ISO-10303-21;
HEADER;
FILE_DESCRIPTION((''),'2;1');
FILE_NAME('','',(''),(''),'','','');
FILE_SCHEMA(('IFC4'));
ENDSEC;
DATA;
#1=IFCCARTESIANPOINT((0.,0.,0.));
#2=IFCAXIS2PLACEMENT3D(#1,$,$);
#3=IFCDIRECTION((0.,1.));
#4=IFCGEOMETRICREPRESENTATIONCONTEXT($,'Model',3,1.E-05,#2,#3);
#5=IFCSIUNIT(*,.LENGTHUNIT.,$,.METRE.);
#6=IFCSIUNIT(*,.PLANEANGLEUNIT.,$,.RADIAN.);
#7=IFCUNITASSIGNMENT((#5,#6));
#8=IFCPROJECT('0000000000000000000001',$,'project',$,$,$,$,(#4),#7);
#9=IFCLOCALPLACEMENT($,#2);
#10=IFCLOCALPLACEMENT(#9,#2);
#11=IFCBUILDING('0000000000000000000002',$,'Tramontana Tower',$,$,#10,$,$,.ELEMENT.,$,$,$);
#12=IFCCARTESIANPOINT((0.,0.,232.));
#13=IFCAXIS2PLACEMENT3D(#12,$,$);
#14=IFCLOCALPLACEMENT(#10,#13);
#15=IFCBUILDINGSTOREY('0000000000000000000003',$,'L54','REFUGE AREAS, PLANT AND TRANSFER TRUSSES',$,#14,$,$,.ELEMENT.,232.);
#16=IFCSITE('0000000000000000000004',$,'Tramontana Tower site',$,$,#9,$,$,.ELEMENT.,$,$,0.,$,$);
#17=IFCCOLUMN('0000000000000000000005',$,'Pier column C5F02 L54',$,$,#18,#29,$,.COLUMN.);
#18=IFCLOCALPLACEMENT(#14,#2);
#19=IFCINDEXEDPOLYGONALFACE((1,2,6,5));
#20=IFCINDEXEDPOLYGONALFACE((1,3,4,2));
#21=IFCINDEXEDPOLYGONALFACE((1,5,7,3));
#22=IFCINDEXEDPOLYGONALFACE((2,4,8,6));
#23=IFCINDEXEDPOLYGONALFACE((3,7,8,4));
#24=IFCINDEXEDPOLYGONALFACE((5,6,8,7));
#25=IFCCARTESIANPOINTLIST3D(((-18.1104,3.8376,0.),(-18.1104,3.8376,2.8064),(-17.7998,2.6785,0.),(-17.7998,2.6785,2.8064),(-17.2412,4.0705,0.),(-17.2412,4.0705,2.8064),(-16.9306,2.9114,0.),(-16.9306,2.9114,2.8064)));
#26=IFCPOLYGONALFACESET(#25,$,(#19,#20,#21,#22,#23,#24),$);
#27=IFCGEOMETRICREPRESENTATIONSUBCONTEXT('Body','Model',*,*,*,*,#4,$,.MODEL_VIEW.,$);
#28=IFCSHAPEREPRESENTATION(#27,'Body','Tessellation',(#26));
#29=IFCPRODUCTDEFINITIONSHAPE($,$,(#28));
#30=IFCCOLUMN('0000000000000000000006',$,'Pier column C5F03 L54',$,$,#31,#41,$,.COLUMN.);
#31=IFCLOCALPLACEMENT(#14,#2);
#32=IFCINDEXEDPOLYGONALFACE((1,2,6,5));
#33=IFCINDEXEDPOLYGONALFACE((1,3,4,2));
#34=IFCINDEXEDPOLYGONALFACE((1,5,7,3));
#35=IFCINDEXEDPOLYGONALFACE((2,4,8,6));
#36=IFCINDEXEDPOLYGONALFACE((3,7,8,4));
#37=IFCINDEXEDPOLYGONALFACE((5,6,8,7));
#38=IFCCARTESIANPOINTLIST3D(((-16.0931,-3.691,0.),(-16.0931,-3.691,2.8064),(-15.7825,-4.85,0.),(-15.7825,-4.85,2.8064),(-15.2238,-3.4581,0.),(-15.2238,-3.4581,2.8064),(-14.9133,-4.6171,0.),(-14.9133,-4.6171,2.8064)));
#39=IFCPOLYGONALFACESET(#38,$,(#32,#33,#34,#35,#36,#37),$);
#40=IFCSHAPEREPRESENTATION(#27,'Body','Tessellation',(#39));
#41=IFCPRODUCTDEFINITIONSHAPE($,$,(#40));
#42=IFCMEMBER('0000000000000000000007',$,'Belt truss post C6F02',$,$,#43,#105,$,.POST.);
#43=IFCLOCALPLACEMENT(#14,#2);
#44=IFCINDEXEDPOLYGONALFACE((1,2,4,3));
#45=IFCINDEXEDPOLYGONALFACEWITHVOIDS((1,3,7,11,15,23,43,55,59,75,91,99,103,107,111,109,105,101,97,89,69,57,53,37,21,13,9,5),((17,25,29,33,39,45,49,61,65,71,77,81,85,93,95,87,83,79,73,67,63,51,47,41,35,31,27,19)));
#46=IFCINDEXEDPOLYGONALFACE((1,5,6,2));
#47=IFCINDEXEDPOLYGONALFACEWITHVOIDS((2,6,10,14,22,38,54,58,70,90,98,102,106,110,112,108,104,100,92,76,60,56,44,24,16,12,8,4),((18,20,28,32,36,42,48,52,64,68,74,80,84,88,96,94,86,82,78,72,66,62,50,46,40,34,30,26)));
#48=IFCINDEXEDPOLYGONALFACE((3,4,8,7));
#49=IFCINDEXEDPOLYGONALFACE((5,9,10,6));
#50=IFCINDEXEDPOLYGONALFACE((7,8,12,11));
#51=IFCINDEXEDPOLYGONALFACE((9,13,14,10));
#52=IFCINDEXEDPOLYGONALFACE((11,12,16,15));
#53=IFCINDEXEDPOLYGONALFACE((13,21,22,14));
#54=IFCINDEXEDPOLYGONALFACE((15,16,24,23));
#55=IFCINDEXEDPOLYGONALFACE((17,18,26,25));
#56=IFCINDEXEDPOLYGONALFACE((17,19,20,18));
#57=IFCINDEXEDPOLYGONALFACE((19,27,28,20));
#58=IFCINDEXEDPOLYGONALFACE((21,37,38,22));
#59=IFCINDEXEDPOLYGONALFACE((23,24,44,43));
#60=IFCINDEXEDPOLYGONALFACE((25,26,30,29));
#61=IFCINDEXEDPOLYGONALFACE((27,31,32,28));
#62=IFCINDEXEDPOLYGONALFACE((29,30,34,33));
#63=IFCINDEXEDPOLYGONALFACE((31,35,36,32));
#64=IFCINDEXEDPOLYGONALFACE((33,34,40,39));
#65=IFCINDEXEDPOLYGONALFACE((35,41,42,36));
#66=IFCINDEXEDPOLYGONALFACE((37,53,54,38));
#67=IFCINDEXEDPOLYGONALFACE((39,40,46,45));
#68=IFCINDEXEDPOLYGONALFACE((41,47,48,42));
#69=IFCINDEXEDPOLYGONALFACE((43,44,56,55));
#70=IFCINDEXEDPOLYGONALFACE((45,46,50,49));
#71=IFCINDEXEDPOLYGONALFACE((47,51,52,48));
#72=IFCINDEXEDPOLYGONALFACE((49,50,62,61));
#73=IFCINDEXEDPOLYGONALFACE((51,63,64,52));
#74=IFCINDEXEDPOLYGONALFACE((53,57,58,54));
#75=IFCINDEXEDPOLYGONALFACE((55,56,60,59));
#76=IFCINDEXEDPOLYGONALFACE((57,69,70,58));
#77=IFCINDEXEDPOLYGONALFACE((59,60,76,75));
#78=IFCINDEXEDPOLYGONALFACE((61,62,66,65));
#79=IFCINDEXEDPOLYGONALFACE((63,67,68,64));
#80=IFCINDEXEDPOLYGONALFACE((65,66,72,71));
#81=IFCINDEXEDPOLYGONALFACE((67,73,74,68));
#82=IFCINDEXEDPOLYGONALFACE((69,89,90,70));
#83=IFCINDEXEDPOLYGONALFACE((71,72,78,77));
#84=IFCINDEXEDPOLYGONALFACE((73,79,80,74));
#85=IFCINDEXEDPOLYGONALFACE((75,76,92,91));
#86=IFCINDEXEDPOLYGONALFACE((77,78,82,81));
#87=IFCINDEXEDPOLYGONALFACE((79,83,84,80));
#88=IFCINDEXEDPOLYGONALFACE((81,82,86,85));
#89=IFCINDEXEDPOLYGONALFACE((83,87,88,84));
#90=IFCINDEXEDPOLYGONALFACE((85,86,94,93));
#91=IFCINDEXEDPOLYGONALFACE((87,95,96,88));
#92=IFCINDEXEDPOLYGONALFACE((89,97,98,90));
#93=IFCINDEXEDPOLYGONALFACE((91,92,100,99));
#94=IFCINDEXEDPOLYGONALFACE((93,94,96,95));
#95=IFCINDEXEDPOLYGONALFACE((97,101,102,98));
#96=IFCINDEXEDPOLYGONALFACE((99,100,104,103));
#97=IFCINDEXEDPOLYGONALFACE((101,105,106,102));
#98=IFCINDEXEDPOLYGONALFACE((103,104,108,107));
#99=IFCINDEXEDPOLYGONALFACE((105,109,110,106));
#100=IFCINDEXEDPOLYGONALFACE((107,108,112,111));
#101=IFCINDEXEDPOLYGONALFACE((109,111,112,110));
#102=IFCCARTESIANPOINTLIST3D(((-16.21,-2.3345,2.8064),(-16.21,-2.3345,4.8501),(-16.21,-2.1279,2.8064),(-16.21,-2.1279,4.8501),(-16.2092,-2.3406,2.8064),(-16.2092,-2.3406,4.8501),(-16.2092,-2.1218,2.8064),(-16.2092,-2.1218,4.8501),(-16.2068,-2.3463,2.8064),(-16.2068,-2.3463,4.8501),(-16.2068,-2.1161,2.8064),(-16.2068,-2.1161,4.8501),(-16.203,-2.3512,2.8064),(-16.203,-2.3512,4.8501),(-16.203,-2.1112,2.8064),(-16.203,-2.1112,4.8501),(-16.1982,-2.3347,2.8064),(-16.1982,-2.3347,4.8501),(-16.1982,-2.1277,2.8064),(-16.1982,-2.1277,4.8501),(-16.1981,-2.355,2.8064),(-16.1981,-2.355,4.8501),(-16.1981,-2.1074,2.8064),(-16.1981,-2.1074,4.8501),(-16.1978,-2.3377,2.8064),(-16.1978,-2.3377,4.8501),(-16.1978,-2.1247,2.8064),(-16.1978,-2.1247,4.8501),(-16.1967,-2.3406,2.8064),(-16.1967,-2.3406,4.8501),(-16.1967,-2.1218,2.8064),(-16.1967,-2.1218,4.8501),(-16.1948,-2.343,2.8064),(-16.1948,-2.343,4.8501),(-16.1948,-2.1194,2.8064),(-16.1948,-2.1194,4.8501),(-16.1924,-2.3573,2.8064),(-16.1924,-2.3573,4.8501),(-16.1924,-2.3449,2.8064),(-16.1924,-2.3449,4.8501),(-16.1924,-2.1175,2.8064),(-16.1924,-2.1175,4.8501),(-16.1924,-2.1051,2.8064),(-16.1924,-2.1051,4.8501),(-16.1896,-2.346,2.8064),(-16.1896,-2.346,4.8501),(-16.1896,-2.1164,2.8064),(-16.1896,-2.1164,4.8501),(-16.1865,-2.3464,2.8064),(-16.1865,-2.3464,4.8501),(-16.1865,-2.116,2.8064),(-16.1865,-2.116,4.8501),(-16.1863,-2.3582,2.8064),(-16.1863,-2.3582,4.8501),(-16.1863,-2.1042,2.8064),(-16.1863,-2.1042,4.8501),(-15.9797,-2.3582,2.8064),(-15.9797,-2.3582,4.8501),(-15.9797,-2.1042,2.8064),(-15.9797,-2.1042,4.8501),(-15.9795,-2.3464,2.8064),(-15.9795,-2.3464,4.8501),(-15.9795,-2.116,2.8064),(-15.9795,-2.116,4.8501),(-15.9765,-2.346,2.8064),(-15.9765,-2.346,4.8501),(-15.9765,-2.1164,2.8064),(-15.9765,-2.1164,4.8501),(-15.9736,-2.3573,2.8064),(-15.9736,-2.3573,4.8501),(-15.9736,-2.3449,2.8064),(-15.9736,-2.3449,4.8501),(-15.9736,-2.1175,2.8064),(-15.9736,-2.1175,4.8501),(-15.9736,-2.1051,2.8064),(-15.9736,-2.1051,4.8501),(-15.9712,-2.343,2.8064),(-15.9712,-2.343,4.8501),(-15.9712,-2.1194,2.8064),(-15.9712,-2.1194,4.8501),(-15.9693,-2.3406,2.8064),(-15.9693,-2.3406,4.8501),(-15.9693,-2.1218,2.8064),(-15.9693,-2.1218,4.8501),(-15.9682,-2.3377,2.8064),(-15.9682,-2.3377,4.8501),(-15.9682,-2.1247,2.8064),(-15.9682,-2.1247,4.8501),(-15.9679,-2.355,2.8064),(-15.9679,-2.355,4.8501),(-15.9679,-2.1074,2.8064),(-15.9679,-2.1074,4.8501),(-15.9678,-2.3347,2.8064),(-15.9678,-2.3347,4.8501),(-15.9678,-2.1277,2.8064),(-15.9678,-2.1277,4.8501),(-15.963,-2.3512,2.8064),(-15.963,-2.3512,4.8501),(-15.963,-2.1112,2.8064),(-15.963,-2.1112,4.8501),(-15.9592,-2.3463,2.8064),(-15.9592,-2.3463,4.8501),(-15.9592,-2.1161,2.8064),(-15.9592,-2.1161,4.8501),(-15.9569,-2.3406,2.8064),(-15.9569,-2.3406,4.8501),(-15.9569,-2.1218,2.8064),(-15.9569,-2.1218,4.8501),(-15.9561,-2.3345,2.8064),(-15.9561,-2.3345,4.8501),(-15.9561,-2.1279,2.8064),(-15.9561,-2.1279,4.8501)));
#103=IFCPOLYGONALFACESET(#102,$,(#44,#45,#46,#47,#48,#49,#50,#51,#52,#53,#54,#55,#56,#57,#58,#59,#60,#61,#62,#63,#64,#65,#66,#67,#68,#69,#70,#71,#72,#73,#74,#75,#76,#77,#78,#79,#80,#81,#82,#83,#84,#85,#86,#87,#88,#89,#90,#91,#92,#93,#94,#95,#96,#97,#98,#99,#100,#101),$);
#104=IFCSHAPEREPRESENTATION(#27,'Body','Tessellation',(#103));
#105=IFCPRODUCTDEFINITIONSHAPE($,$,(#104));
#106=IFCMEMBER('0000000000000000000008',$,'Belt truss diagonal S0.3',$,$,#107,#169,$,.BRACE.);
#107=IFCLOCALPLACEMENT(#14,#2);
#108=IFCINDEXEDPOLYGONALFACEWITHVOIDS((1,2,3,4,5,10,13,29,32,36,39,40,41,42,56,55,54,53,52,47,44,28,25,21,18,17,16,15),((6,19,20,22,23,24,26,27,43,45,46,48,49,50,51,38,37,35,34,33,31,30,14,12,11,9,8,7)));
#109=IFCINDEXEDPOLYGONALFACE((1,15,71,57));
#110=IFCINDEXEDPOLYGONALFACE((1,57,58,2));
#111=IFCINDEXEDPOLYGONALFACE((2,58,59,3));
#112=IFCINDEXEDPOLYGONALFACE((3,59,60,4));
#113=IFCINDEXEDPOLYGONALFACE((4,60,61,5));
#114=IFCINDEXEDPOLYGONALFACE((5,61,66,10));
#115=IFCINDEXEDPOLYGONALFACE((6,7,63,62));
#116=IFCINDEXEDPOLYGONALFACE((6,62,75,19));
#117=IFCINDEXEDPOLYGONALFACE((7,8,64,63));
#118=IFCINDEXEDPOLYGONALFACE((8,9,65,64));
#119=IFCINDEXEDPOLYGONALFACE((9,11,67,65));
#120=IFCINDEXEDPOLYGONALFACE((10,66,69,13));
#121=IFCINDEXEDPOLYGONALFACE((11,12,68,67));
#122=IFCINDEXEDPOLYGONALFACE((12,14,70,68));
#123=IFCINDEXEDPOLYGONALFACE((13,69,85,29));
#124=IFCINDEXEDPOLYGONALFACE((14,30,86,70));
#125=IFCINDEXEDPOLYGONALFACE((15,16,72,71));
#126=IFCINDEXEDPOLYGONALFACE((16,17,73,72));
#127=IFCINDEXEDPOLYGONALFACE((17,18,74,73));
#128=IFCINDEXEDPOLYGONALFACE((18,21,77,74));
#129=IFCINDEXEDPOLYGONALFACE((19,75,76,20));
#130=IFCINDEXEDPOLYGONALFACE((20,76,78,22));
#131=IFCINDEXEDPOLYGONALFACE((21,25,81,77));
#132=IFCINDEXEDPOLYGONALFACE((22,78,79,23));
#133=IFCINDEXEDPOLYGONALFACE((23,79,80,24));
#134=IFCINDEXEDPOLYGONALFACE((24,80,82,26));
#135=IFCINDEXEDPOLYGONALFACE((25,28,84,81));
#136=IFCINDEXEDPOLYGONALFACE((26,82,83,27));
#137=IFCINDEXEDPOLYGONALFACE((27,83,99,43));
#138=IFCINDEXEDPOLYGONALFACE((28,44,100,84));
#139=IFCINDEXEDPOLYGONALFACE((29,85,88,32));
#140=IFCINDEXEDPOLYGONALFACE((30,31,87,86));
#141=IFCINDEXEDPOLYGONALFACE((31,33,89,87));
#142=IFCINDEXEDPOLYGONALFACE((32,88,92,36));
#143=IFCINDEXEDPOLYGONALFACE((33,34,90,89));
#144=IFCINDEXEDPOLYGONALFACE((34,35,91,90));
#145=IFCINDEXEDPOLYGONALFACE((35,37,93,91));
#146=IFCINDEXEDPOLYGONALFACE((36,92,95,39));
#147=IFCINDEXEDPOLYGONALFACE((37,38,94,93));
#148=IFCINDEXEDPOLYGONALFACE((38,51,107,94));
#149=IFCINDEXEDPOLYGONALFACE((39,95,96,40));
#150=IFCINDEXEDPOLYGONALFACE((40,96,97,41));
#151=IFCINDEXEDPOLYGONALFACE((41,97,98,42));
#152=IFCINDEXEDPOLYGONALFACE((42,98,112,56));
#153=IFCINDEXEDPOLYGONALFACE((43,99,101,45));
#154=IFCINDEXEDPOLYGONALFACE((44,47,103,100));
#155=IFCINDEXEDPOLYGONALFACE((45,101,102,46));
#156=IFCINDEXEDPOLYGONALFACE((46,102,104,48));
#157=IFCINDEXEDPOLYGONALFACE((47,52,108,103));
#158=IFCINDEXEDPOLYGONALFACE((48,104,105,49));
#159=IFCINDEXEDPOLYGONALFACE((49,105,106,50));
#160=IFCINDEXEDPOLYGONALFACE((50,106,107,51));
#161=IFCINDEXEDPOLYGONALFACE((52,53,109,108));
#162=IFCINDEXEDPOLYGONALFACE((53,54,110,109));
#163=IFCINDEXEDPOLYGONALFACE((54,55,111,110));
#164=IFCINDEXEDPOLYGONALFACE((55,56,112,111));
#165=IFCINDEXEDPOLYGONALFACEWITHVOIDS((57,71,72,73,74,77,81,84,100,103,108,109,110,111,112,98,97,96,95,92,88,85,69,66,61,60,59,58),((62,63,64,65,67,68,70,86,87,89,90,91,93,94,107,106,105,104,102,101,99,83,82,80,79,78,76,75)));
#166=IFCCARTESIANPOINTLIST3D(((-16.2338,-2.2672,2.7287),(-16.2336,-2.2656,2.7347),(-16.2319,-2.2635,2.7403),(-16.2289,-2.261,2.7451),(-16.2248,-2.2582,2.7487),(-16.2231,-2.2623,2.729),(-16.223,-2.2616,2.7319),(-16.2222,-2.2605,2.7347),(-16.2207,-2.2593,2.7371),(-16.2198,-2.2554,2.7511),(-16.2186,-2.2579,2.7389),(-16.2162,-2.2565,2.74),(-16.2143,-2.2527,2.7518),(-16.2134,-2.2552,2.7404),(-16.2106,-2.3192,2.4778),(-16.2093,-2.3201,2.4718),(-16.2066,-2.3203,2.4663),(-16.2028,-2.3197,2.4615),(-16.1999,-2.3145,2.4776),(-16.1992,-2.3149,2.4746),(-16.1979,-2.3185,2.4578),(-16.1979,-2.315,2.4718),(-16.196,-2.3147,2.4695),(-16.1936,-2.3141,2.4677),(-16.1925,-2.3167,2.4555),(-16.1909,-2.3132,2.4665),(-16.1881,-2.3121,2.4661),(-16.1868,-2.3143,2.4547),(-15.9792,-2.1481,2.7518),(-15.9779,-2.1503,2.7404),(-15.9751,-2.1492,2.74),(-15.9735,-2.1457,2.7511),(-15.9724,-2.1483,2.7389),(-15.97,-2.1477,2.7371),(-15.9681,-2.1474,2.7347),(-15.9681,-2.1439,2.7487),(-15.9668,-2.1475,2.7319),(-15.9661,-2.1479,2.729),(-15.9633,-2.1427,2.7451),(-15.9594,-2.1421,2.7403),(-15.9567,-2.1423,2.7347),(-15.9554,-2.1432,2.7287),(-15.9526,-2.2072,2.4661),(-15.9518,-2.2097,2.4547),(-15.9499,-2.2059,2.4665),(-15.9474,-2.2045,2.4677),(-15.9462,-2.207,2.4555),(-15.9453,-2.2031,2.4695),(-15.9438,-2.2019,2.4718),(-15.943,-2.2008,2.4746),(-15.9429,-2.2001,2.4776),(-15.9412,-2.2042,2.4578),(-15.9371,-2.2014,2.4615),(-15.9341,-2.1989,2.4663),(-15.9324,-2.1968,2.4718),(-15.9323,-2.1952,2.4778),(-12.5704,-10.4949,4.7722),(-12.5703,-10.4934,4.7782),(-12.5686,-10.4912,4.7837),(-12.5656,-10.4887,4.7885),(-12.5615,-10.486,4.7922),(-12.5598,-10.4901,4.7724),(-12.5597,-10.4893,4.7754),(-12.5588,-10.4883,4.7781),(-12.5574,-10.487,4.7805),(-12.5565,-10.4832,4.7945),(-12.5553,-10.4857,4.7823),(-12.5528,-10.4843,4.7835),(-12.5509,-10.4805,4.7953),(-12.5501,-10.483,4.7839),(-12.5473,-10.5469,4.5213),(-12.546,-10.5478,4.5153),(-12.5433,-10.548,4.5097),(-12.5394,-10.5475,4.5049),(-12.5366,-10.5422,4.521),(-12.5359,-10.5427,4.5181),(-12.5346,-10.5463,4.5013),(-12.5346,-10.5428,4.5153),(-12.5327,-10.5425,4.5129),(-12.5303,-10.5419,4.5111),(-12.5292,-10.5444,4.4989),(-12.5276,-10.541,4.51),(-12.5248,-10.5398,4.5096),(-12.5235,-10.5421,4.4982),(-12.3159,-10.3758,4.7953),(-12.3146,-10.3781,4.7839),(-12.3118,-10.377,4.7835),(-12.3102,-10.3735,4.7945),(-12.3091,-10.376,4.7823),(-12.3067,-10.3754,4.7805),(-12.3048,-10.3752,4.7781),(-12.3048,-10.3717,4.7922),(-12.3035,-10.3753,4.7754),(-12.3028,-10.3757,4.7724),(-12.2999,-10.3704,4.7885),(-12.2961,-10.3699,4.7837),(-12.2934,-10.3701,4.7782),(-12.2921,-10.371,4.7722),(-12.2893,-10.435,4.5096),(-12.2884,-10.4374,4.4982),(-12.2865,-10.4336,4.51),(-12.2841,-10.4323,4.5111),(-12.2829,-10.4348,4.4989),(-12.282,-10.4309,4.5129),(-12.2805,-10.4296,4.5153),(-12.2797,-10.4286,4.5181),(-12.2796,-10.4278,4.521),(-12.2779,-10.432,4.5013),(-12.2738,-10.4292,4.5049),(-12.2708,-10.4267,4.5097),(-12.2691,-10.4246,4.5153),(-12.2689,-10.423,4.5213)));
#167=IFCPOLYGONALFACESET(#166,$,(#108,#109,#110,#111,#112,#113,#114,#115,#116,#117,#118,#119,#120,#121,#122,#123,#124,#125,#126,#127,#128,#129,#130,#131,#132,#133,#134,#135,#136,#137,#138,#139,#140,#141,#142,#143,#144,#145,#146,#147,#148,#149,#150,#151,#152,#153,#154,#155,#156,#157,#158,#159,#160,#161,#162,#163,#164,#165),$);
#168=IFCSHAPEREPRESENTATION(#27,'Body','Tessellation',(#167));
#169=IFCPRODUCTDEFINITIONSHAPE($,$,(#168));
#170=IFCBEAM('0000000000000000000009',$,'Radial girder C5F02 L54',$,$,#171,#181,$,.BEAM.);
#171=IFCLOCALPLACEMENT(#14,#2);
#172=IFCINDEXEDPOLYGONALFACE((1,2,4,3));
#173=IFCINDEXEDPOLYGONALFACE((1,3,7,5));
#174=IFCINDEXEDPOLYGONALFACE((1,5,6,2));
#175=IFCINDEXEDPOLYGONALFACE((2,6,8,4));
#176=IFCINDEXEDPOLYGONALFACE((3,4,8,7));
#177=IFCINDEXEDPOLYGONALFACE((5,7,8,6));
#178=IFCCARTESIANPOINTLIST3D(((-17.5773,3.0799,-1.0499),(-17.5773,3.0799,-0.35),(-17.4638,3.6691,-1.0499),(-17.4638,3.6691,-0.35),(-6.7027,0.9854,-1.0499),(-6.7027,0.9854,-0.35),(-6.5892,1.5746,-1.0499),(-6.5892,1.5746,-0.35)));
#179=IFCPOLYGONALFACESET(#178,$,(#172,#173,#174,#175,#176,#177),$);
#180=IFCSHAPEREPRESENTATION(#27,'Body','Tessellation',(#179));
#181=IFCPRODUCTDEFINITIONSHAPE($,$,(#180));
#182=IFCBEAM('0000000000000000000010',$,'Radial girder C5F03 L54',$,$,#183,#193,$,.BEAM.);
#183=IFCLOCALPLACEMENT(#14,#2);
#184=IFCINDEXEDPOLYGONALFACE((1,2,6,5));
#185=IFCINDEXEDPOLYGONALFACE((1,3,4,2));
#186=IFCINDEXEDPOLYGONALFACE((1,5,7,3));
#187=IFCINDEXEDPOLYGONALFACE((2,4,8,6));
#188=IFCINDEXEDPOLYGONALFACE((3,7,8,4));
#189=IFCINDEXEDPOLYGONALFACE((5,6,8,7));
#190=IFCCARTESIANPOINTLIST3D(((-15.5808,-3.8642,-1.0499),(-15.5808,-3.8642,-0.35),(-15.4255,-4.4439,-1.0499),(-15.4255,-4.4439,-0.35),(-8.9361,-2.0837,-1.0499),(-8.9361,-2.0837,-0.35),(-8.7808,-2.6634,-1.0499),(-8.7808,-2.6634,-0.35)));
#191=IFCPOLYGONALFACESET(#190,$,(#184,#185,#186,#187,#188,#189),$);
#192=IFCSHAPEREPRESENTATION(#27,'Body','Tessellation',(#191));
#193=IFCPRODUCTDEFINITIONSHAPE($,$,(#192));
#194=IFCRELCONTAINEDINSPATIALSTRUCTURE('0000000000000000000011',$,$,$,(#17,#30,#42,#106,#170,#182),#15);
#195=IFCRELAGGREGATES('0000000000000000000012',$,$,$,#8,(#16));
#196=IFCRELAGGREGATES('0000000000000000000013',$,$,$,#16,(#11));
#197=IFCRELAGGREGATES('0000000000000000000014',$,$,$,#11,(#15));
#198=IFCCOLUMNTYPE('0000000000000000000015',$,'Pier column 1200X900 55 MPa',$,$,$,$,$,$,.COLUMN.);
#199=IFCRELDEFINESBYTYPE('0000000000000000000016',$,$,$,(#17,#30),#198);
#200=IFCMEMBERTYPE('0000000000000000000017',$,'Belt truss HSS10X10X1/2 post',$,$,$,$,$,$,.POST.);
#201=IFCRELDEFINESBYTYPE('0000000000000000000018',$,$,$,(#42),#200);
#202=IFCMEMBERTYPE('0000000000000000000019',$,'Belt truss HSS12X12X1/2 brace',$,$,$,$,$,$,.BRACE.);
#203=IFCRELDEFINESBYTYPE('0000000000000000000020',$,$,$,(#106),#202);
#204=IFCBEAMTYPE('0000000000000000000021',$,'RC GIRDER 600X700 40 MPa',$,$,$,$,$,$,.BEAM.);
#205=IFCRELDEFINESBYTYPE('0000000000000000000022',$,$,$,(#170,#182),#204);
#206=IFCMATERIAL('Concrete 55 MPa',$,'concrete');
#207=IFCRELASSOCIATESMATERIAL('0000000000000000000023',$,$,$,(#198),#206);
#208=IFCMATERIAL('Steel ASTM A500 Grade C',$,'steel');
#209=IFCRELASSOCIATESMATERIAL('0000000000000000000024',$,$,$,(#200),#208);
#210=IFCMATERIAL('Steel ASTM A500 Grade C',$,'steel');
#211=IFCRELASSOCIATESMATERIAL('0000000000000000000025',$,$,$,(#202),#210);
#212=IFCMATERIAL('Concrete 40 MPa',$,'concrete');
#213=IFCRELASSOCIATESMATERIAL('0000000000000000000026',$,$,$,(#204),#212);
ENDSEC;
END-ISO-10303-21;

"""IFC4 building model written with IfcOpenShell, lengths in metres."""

from ifc_helpers import new_model, si_unit, direction, frame, origin, origin_2d, place, context, subcontext, project, spatial, rectangle, hollow_rectangle, extrude, material, material_profile, profile_set, type_object, element, save


model = new_model("IFC4")

# Units and contexts
model_context = context("Model", 3, precision=1e-05, world=origin(), true_north=direction((0.0, 1.0)))
body_context = subcontext(model_context, "Body", "Model", "MODEL_VIEW")
ifc_project = project(units=[si_unit("LENGTHUNIT", "METRE"), si_unit("PLANEANGLEUNIT", "RADIAN")], contexts=[model_context])

# Site, building, storey
site_placement = place(None, origin())
site = spatial("IfcSite", under=ifc_project, at=site_placement, Name="Tramontana Tower site", CompositionType="ELEMENT", RefElevation=0.0)
building_placement = place(site_placement, origin())
building = spatial("IfcBuilding", under=site, at=building_placement, Name="Tramontana Tower", CompositionType="ELEMENT")
storey_placement = place(building_placement, frame((0.0, 0.0, 232.0)))
storey = spatial("IfcBuildingStorey", under=building, at=storey_placement, Name="L54", Description="REFUGE AREAS, PLANT AND TRANSFER TRUSSES", CompositionType="ELEMENT", Elevation=232.0)

# Columns
ifc_material_1 = material(Name="Concrete 55 MPa", Category="concrete")
ifc_material_profile_1 = material_profile(ifc_material_1, rectangle(XDim=1.2, YDim=0.8999, at=origin_2d()), Name="Pier column 1200X900 55 MPa")
ifc_profile_set_1 = profile_set([ifc_material_profile_1], Name="Concrete 55 MPa")
column_type = type_object("IfcColumnType", Name="Pier column 1200X900 55 MPa", PredefinedType="COLUMN", material=ifc_profile_set_1)
for number, where, z_axis, x_axis, name in (
    (1, (-17.5205, 3.3745, 0.0), (0.0, 0.0, 1.0), (0.258819, -0.965926, 0.0), "Pier column C5F02 L54"),
    (2, (-15.5032, -4.1541, 0.0), (0.0, 0.0, 1.0), (0.258819, -0.965926, 0.0), "Pier column C5F03 L54"),
):
    element("IfcColumn", number, at=place(storey_placement, frame(where, z_axis=z_axis, x_axis=x_axis)), inside=storey, type_object=column_type, Name=name, PredefinedType="COLUMN", context=body_context, shape_type="SweptSolid", body=[
        extrude(rectangle(XDim=1.2, YDim=0.8999, at=origin_2d()), origin(), (0.0, 0.0, 1.0), 2.8064),
    ])

# Members
ifc_material_2 = material(Name="Steel ASTM A500 Grade C", Category="steel")
ifc_material_profile_2 = material_profile(ifc_material_2, hollow_rectangle(XDim=0.2539, YDim=0.2539, WallThickness=0.0117, InnerFilletRadius=0.0117, OuterFilletRadius=0.0237, at=origin_2d()), Name="HSS10X10X1/2")
ifc_profile_set_2 = profile_set([ifc_material_profile_2], Name="Steel ASTM A500 Grade C")
member_type_1 = type_object("IfcMemberType", Name="Belt truss HSS10X10X1/2 post", PredefinedType="POST", material=ifc_profile_set_2)
member_1_placement = place(storey_placement, frame((-16.083, -2.2312, 2.8064), z_axis=(0.0, 0.0, 1.0), x_axis=(1.0, 0.0, 0.0)))
element("IfcMember", 3, at=member_1_placement, inside=storey, type_object=member_type_1, Name="Belt truss post C6F02", PredefinedType="POST", context=body_context, shape_type="SweptSolid", body=[
    extrude(hollow_rectangle(XDim=0.2539, YDim=0.2539, WallThickness=0.0117, InnerFilletRadius=0.0117, OuterFilletRadius=0.0237, at=origin_2d()), origin(), (0.0, 0.0, 1.0), 2.0437),
])
ifc_material_3 = material(Name="Steel ASTM A500 Grade C", Category="steel")
ifc_material_profile_3 = material_profile(ifc_material_3, hollow_rectangle(XDim=0.3047, YDim=0.3047, WallThickness=0.0117, InnerFilletRadius=0.0117, OuterFilletRadius=0.0237, at=origin_2d()), Name="HSS12X12X1/2")
ifc_profile_set_3 = profile_set([ifc_material_profile_3], Name="Steel ASTM A500 Grade C")
member_type_2 = type_object("IfcMemberType", Name="Belt truss HSS12X12X1/2 brace", PredefinedType="BRACE", material=ifc_profile_set_3)
member_2_placement = place(storey_placement, frame((-16.083, -2.2312, 2.6033), z_axis=(0.396663, -0.890899, 0.221264), x_axis=(0.913542, 0.406745, 0.0)))
element("IfcMember", 4, at=member_2_placement, inside=storey, type_object=member_type_2, Name="Belt truss diagonal S0.3", PredefinedType="BRACE", context=body_context, shape_type="SweptSolid", body=[
    extrude(hollow_rectangle(XDim=0.3047, YDim=0.3047, WallThickness=0.0117, InnerFilletRadius=0.0117, OuterFilletRadius=0.0237, at=origin_2d()), origin(), (0.0, 0.0, 1.0), 9.2354),
])

# Beams
ifc_material_4 = material(Name="Concrete 40 MPa", Category="concrete")
ifc_material_profile_4 = material_profile(ifc_material_4, rectangle(XDim=0.6001, YDim=0.7, at=origin_2d()), Name="RC GIRDER 600X700 40 MPa")
ifc_profile_set_4 = profile_set([ifc_material_profile_4], Name="Concrete 40 MPa")
beam_type = type_object("IfcBeamType", Name="RC GIRDER 600X700 40 MPa", PredefinedType="BEAM", material=ifc_profile_set_4)
beam_1_placement = place(storey_placement, frame((-17.5205, 3.3745, -0.7), z_axis=(0.981952, -0.189129, 0.0), x_axis=(0.189129, 0.981952, 0.0)))
element("IfcBeam", 5, at=beam_1_placement, inside=storey, type_object=beam_type, Name="Radial girder C5F02 L54", PredefinedType="BEAM", context=body_context, shape_type="SweptSolid", body=[
    extrude(rectangle(XDim=0.6001, YDim=0.7, at=origin_2d()), origin(), (0.0, 0.0, 1.0), 11.0745),
])
beam_2_placement = place(storey_placement, frame((-15.5032, -4.1541, -0.7), z_axis=(0.965924, 0.258827, 0.0), x_axis=(-0.258827, 0.965924, 0.0)))
element("IfcBeam", 6, at=beam_2_placement, inside=storey, type_object=beam_type, Name="Radial girder C5F03 L54", PredefinedType="BEAM", context=body_context, shape_type="SweptSolid", body=[
    extrude(rectangle(XDim=0.6001, YDim=0.7, at=origin_2d()), origin(), (0.0, 0.0, 1.0), 6.8792),
])

save(model, "model.ifc")
